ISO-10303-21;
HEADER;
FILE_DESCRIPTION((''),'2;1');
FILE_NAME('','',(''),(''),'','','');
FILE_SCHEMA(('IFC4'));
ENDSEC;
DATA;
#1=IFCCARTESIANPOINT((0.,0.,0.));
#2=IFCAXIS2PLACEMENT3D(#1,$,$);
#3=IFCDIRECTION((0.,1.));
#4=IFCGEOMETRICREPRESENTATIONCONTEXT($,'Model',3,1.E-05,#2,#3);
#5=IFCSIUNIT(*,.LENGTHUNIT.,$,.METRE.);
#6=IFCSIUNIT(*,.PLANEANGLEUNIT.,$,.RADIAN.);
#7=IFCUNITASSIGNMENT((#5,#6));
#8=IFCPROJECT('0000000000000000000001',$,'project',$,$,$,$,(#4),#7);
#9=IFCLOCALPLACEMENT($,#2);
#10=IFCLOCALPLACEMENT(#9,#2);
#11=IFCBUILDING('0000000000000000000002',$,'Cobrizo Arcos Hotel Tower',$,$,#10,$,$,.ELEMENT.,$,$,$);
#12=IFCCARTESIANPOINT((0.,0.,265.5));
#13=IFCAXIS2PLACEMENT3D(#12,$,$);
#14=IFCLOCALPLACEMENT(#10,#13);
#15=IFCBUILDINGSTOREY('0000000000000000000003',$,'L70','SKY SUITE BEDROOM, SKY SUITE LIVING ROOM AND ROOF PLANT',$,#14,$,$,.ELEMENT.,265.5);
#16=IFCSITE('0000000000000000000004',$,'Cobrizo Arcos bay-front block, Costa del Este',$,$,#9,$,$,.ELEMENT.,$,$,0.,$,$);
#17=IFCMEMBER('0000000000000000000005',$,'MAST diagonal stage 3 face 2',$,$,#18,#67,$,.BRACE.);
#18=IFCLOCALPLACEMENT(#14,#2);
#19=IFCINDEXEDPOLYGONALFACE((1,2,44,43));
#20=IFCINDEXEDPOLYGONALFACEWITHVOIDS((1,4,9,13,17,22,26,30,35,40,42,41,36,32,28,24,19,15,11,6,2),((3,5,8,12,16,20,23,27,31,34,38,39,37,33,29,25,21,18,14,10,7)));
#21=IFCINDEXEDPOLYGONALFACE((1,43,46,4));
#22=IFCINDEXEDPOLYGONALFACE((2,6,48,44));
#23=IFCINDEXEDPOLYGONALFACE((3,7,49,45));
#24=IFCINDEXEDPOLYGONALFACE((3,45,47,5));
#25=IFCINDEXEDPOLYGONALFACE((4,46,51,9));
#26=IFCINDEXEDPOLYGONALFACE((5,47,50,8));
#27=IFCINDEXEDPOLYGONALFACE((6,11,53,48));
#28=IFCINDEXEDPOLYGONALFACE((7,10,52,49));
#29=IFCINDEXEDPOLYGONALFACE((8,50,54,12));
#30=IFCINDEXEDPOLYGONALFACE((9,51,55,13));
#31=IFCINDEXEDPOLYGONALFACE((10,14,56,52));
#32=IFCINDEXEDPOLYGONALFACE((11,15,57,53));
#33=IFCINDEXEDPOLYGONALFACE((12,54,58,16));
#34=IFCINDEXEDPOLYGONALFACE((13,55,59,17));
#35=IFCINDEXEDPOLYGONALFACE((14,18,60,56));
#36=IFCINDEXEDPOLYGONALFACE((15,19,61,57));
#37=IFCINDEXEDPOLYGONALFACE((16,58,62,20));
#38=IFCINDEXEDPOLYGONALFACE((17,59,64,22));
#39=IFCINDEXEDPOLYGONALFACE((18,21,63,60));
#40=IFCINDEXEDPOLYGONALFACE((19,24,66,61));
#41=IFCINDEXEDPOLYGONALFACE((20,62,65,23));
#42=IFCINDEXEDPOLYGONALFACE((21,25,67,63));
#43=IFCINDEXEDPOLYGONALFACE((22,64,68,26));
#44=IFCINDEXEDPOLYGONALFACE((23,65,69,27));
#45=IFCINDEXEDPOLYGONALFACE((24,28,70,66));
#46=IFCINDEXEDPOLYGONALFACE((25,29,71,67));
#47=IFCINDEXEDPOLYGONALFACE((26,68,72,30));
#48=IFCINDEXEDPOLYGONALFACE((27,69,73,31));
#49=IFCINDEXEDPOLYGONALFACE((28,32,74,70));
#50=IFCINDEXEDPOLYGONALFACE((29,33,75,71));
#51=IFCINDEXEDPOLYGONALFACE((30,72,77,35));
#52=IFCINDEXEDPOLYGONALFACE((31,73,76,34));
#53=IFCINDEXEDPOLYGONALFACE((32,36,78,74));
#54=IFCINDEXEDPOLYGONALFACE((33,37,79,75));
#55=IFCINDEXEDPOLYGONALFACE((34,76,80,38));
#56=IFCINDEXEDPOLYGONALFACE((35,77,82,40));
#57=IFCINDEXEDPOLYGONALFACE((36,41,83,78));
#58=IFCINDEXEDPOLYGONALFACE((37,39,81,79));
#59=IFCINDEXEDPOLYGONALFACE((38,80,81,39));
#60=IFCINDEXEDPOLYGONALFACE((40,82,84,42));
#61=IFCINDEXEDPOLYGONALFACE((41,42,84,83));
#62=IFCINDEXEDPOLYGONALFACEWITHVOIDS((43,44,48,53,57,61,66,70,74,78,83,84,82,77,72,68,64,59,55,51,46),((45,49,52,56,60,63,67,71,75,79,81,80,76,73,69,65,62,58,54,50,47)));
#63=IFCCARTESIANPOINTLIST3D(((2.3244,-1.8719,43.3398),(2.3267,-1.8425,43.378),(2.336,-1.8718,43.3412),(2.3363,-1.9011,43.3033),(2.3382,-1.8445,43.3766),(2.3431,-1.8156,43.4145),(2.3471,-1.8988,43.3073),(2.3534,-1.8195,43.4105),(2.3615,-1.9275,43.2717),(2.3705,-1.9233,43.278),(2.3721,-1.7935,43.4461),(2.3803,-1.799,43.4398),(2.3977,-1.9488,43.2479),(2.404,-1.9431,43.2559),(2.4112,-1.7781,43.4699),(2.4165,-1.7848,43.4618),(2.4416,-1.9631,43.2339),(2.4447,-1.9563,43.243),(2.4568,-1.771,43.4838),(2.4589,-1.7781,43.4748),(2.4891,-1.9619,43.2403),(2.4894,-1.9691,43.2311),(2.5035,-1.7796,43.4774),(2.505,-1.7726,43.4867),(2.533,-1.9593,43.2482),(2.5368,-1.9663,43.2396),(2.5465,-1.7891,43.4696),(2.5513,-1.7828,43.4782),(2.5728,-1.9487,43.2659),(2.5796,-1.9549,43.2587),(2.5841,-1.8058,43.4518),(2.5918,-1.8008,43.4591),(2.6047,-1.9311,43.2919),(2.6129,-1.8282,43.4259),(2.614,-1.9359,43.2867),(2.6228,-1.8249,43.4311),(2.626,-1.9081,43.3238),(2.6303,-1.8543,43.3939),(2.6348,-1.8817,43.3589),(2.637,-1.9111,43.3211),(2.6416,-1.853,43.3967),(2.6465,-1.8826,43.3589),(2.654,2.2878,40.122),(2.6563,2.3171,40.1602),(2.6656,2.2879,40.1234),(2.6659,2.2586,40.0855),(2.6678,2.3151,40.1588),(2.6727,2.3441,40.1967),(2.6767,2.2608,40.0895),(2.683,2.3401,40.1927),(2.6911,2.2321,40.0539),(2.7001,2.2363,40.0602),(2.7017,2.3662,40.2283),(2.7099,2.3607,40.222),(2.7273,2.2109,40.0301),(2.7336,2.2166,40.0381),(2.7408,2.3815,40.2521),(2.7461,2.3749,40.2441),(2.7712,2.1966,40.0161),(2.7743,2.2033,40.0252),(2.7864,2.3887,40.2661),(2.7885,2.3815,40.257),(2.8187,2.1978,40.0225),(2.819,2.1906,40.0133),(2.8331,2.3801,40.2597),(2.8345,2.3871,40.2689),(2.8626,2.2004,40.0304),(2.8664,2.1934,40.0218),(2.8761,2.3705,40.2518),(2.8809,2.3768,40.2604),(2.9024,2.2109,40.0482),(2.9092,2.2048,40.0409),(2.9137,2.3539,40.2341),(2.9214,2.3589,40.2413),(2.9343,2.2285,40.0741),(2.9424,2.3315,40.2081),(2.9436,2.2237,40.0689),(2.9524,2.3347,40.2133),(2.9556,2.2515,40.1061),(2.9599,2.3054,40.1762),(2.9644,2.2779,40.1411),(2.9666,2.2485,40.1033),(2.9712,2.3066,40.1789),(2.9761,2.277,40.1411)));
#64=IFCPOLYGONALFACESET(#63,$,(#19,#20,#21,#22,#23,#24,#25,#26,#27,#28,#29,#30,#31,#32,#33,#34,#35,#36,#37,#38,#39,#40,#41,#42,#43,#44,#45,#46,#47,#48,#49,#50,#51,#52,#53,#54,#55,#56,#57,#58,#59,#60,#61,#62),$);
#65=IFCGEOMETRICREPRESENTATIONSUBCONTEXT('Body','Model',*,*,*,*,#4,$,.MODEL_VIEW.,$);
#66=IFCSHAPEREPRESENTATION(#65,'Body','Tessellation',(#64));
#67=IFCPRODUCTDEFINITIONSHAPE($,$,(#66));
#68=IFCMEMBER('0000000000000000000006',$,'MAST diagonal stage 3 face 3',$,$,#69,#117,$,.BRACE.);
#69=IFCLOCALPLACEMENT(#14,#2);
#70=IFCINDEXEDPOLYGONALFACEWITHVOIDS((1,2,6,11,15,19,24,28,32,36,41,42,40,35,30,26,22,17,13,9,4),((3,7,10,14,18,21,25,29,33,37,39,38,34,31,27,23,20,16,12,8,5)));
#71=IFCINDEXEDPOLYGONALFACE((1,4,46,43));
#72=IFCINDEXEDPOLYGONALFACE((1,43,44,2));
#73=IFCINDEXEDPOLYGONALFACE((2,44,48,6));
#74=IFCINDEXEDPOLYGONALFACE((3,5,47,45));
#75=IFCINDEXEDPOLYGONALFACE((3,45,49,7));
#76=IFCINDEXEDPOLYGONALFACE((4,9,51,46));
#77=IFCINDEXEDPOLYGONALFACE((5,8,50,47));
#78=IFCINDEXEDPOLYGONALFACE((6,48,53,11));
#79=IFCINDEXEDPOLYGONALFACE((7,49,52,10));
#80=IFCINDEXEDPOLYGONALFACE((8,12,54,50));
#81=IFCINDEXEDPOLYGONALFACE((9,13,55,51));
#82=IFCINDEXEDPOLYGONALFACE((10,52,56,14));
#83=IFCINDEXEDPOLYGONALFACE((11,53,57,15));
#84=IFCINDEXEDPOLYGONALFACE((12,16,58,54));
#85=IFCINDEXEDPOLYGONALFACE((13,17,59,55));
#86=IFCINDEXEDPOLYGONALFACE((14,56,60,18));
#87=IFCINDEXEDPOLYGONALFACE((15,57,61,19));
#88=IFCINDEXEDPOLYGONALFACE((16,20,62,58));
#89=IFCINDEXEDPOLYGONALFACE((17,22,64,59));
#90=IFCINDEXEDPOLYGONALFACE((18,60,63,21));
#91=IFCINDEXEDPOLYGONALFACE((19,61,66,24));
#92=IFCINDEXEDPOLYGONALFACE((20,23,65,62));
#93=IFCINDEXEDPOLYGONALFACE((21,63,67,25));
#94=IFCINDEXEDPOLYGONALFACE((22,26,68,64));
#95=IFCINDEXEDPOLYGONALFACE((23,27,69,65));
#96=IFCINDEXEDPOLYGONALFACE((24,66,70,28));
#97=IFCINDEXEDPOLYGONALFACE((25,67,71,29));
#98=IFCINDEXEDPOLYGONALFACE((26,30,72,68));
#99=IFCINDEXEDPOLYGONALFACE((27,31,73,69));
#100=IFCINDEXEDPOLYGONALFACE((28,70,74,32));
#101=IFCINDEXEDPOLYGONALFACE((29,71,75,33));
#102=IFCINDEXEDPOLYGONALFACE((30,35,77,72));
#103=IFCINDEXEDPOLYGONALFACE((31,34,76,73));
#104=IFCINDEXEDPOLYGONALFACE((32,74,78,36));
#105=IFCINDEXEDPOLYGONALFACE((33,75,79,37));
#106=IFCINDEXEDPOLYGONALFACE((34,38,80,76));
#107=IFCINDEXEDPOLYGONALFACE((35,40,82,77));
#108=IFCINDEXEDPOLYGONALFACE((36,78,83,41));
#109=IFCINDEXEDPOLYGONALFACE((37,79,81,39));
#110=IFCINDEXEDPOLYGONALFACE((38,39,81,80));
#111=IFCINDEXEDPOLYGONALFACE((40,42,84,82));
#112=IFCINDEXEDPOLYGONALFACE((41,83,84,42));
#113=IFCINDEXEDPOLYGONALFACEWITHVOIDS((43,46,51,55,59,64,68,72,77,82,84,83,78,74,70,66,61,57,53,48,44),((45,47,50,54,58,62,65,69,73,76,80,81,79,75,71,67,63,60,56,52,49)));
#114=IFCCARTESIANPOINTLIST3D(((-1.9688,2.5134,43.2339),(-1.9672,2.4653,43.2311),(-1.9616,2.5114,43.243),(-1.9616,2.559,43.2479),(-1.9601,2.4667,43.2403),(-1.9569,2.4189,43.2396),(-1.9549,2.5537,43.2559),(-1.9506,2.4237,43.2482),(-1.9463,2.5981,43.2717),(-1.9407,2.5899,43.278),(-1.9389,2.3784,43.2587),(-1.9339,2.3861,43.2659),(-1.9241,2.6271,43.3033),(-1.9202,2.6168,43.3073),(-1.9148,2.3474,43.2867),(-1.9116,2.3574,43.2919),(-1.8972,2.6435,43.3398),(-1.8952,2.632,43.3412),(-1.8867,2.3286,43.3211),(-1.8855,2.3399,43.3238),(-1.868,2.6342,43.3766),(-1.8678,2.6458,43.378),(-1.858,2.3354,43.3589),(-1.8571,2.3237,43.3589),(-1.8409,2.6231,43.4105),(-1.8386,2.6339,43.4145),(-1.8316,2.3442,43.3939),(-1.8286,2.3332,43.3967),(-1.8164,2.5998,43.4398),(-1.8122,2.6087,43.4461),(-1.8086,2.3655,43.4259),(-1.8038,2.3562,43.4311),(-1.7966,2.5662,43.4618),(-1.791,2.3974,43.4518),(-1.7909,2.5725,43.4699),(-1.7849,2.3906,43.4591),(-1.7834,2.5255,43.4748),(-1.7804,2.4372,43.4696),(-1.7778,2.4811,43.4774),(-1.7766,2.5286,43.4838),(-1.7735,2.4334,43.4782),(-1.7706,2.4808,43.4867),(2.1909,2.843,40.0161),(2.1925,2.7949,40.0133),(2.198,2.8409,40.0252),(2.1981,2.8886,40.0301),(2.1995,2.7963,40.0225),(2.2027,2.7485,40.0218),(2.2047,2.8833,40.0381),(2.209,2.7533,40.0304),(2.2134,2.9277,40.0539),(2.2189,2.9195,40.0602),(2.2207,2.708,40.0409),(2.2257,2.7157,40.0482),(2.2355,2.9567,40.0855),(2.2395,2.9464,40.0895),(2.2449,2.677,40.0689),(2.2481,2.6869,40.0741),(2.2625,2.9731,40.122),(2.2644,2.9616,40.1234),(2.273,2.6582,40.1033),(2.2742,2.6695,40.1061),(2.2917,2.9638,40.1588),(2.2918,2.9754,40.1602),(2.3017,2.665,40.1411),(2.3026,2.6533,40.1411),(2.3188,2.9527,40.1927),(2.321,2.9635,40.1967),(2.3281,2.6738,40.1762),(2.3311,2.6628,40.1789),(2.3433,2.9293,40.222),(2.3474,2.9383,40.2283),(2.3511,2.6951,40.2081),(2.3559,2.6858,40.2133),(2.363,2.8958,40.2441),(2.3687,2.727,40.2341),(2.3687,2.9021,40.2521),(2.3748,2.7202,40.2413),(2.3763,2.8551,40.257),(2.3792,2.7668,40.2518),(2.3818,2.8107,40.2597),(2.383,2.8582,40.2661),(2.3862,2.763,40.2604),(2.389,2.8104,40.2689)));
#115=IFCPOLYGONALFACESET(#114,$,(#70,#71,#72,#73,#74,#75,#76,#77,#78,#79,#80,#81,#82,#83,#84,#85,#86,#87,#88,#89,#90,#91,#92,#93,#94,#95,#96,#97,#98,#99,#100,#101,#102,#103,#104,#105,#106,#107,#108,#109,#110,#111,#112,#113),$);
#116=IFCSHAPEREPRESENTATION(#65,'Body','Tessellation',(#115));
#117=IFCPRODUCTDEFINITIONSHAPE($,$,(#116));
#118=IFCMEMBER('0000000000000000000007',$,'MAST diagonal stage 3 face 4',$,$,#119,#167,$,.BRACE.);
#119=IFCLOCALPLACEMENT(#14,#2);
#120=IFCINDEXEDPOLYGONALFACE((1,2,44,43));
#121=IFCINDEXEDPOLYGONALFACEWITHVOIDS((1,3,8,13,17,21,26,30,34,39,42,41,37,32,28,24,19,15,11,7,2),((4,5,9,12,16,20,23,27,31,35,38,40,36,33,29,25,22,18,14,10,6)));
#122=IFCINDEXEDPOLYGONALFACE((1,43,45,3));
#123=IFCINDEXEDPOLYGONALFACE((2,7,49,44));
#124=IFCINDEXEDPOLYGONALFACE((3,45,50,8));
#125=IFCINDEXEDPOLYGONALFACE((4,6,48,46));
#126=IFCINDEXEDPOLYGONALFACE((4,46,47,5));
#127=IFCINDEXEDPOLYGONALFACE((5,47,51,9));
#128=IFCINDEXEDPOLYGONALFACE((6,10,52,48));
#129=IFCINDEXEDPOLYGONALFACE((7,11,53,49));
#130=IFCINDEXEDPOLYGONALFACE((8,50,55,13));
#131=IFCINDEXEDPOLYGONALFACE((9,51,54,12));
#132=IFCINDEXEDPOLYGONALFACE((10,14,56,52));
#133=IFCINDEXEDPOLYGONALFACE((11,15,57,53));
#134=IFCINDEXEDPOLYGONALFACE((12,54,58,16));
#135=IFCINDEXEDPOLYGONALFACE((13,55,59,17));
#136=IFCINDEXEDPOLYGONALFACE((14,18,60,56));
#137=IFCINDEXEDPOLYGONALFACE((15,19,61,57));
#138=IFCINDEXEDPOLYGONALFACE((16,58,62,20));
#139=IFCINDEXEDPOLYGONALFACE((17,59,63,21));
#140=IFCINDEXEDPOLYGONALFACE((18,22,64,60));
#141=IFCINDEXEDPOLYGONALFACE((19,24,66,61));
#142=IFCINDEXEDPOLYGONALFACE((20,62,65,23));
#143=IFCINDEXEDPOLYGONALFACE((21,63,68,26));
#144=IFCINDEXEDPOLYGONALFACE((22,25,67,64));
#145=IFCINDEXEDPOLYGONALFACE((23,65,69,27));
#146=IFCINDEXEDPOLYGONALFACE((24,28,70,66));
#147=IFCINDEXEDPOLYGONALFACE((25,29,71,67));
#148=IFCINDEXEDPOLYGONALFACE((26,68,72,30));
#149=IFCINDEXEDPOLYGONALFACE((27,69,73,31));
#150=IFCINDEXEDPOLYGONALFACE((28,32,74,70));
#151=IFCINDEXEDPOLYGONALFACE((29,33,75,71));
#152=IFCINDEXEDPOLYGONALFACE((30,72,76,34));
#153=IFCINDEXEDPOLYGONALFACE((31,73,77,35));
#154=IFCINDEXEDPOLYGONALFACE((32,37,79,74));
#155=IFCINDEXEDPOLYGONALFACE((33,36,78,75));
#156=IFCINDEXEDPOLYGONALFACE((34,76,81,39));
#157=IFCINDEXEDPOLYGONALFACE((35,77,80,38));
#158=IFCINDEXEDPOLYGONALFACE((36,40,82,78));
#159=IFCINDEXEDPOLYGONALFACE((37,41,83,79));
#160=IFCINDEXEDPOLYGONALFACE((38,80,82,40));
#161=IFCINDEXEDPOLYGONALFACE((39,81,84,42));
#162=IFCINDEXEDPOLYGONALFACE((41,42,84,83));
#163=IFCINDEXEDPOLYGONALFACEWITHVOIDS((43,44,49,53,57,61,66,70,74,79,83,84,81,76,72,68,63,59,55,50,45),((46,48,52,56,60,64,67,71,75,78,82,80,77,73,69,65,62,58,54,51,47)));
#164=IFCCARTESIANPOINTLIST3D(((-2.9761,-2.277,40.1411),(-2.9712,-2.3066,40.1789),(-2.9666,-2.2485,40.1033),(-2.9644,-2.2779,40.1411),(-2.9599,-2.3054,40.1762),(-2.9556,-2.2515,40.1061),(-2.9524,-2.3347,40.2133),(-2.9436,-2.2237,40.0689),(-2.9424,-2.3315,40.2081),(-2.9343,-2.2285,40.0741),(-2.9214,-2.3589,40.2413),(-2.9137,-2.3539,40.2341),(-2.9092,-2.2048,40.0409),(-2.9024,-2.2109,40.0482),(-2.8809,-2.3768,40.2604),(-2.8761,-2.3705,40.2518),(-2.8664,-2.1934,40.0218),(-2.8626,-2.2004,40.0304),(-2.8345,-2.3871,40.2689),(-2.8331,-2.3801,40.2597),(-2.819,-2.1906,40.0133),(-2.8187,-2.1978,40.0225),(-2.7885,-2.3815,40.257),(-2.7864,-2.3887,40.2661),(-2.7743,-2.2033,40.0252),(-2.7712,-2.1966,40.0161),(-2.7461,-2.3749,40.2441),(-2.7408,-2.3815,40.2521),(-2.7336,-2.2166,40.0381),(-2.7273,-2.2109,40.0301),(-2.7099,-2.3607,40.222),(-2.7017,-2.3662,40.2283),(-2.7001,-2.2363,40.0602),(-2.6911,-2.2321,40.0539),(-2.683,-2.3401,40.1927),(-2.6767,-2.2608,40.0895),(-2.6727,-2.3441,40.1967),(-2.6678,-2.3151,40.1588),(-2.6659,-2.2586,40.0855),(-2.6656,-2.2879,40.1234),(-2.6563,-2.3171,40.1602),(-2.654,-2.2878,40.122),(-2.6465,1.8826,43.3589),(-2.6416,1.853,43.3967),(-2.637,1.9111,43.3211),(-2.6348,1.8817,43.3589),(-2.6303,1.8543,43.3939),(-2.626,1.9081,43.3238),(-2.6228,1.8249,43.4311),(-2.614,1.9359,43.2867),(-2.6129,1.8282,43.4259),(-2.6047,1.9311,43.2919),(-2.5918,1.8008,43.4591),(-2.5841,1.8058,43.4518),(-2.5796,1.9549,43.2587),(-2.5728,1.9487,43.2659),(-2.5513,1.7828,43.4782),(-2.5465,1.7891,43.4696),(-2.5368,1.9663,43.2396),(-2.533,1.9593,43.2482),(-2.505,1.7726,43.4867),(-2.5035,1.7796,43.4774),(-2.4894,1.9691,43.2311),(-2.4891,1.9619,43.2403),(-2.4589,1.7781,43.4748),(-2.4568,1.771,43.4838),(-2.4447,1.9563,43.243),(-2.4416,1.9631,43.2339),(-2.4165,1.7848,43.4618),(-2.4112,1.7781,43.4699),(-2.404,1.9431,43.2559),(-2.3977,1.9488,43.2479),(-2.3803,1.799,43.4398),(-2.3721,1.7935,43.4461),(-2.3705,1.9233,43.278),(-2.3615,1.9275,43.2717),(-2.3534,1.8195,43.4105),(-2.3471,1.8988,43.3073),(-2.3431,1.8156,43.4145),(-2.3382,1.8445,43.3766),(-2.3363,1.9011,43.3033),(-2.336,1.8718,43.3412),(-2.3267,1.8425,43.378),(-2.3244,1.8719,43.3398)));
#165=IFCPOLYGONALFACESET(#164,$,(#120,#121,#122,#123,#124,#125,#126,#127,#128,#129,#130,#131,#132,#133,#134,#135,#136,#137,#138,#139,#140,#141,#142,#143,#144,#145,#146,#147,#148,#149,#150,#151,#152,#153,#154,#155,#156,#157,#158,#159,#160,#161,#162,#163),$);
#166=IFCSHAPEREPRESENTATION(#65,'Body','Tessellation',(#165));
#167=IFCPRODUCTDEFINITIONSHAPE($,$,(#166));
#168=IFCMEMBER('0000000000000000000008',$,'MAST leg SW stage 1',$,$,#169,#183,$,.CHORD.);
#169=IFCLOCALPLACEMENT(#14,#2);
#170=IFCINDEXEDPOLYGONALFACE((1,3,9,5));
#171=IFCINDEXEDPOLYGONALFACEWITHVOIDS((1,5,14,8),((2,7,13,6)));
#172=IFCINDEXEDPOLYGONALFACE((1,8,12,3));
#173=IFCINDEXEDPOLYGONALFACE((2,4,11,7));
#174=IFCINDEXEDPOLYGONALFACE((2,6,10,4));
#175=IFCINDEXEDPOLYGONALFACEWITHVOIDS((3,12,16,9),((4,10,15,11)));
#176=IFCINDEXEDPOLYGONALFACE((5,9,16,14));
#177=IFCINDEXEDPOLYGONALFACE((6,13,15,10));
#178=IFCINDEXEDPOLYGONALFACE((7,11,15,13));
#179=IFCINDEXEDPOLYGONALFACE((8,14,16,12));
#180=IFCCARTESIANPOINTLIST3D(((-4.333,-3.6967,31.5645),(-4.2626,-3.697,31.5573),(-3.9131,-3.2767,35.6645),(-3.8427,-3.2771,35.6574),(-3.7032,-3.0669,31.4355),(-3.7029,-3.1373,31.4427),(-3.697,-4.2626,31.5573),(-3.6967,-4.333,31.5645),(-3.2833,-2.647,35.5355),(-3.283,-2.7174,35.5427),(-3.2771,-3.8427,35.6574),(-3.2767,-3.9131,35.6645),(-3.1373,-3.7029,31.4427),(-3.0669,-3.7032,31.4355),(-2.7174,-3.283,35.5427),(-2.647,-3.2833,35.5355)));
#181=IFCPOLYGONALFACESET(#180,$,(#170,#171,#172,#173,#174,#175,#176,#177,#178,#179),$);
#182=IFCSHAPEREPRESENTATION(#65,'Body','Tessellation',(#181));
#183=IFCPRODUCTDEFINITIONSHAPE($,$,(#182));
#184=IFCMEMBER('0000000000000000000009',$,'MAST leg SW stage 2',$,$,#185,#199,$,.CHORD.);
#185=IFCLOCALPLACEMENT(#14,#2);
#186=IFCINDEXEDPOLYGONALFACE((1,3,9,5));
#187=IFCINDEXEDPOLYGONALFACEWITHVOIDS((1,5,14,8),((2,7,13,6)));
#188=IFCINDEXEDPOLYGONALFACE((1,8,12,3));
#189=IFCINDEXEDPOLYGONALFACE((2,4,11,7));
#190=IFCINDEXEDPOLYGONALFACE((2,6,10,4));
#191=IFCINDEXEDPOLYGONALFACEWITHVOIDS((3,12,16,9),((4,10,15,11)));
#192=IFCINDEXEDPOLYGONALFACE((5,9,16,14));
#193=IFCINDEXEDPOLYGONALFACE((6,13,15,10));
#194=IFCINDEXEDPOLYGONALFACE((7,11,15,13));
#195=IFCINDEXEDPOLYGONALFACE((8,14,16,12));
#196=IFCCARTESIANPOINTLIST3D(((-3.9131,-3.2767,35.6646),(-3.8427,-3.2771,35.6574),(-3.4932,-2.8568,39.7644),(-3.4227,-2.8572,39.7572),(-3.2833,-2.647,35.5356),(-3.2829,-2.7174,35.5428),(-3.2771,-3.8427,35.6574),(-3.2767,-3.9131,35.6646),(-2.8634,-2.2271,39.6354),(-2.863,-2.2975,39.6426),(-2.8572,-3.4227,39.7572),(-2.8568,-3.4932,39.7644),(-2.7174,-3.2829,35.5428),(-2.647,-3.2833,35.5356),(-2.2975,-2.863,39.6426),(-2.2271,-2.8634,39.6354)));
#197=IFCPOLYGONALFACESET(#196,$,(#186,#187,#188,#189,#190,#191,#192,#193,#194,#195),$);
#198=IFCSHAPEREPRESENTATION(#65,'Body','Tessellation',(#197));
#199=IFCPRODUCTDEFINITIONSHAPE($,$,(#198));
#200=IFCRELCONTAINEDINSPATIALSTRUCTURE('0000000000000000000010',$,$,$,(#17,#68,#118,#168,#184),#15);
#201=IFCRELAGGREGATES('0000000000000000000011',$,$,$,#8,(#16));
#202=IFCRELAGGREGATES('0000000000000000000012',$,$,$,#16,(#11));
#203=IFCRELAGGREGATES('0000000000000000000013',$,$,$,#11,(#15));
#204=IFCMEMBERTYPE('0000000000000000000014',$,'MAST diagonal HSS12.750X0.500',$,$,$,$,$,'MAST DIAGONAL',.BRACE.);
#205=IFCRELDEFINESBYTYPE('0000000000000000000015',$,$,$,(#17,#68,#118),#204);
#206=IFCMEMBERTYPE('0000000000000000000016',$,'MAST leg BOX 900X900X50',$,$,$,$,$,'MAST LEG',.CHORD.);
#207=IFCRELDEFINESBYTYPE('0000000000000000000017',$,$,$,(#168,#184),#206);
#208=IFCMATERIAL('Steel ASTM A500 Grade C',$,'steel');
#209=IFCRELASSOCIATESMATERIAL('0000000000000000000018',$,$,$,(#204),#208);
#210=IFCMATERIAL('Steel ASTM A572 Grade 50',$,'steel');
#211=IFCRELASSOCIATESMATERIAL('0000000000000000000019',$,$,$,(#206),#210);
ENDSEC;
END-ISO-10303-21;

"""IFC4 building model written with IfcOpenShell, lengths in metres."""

from ifc_helpers import new_model, si_unit, direction, frame, origin, origin_2d, place, context, subcontext, project, spatial, hollow_rectangle, hollow_circle, extrude, material, material_profile, profile_set, type_object, element, save


model = new_model("IFC4")

# Units and contexts
model_context = context("Model", 3, precision=1e-05, world=origin(), true_north=direction((0.0, 1.0)))
body_context = subcontext(model_context, "Body", "Model", "MODEL_VIEW")
ifc_project = project(units=[si_unit("LENGTHUNIT", "METRE"), si_unit("PLANEANGLEUNIT", "RADIAN")], contexts=[model_context])

# Site, building, storey
site_placement = place(None, origin())
site = spatial("IfcSite", under=ifc_project, at=site_placement, Name="Cobrizo Arcos bay-front block, Costa del Este", CompositionType="ELEMENT", RefElevation=0.0)
building_placement = place(site_placement, origin())
building = spatial("IfcBuilding", under=site, at=building_placement, Name="Cobrizo Arcos Hotel Tower", CompositionType="ELEMENT")
storey_placement = place(building_placement, frame((0.0, 0.0, 265.5)))
storey = spatial("IfcBuildingStorey", under=building, at=storey_placement, Name="L70", Description="SKY SUITE BEDROOM, SKY SUITE LIVING ROOM AND ROOF PLANT", CompositionType="ELEMENT", Elevation=265.5)

# Shared definitions
ifc_material_1 = material(Name="Steel ASTM A572 Grade 50", Category="steel")

# Members
ifc_material_2 = material(Name="Steel ASTM A500 Grade C", Category="steel")
ifc_material_profile_1 = material_profile(ifc_material_2, hollow_circle(Radius=0.1619, WallThickness=0.0117, at=origin_2d()), Name="HSS12.750X0.500")
ifc_profile_set_1 = profile_set([ifc_material_profile_1], Name="Steel ASTM A500 Grade C")
member_type_1 = type_object("IfcMemberType", Name="MAST diagonal HSS12.750X0.500", ElementType="MAST DIAGONAL", PredefinedType="BRACE", material=ifc_profile_set_1)
for number, where, z_axis, x_axis, name in (
    (1, (2.8147, 2.2898, 40.1411), (-0.062549, -0.789416, 0.610664), (0.996876, -0.078987, 0.0), "MAST diagonal stage 3 face 2"),
    (2, (2.2898, 2.8147, 40.1411), (-0.789416, -0.062549, 0.610664), (0.078987, -0.996876, 0.0), "MAST diagonal stage 3 face 3"),
    (3, (-2.8147, -2.2898, 40.1411), (0.062549, 0.789416, 0.610664), (-0.996876, 0.078987, 0.0), "MAST diagonal stage 3 face 4"),
):
    element("IfcMember", number, at=place(storey_placement, frame(where, z_axis=z_axis, x_axis=x_axis)), inside=storey, type_object=member_type_1, Name=name, PredefinedType="BRACE", context=body_context, shape_type="SweptSolid", body=[
        extrude(hollow_circle(Radius=0.1619, WallThickness=0.0117, at=origin_2d()), origin(), (0.0, 0.0, 1.0), 5.2693),
    ])
ifc_material_profile_2 = material_profile(ifc_material_1, hollow_rectangle(XDim=0.8999, YDim=0.8999, WallThickness=0.05, at=origin_2d()), Name="BOX 900X900X50")
ifc_profile_set_2 = profile_set([ifc_material_profile_2], Name="Steel ASTM A572 Grade 50")
member_type_2 = type_object("IfcMemberType", Name="MAST leg BOX 900X900X50", ElementType="MAST LEG", PredefinedType="CHORD", material=ifc_profile_set_2)
member_1_placement = place(storey_placement, frame((-3.7, -3.7, 31.5), z_axis=(0.10136, 0.10136, 0.989673), x_axis=(-0.707107, 0.707107, 0.0)))
element("IfcMember", 4, at=member_1_placement, inside=storey, type_object=member_type_2, Name="MAST leg SW stage 1", PredefinedType="CHORD", context=body_context, shape_type="SweptSolid", body=[
    extrude(hollow_rectangle(XDim=0.8999, YDim=0.8999, WallThickness=0.05, at=origin_2d()), origin(), (0.0, 0.0, 1.0), 4.1428),
])
member_2_placement = place(storey_placement, frame((-3.28, -3.28, 35.6001), z_axis=(0.101366, 0.101366, 0.989672), x_axis=(-0.707107, 0.707107, 0.0)))
element("IfcMember", 5, at=member_2_placement, inside=storey, type_object=member_type_2, Name="MAST leg SW stage 2", PredefinedType="CHORD", context=body_context, shape_type="SweptSolid", body=[
    extrude(hollow_rectangle(XDim=0.8999, YDim=0.8999, WallThickness=0.05, at=origin_2d()), origin(), (0.0, 0.0, 1.0), 4.1426),
])

save(model, "model.ifc")
